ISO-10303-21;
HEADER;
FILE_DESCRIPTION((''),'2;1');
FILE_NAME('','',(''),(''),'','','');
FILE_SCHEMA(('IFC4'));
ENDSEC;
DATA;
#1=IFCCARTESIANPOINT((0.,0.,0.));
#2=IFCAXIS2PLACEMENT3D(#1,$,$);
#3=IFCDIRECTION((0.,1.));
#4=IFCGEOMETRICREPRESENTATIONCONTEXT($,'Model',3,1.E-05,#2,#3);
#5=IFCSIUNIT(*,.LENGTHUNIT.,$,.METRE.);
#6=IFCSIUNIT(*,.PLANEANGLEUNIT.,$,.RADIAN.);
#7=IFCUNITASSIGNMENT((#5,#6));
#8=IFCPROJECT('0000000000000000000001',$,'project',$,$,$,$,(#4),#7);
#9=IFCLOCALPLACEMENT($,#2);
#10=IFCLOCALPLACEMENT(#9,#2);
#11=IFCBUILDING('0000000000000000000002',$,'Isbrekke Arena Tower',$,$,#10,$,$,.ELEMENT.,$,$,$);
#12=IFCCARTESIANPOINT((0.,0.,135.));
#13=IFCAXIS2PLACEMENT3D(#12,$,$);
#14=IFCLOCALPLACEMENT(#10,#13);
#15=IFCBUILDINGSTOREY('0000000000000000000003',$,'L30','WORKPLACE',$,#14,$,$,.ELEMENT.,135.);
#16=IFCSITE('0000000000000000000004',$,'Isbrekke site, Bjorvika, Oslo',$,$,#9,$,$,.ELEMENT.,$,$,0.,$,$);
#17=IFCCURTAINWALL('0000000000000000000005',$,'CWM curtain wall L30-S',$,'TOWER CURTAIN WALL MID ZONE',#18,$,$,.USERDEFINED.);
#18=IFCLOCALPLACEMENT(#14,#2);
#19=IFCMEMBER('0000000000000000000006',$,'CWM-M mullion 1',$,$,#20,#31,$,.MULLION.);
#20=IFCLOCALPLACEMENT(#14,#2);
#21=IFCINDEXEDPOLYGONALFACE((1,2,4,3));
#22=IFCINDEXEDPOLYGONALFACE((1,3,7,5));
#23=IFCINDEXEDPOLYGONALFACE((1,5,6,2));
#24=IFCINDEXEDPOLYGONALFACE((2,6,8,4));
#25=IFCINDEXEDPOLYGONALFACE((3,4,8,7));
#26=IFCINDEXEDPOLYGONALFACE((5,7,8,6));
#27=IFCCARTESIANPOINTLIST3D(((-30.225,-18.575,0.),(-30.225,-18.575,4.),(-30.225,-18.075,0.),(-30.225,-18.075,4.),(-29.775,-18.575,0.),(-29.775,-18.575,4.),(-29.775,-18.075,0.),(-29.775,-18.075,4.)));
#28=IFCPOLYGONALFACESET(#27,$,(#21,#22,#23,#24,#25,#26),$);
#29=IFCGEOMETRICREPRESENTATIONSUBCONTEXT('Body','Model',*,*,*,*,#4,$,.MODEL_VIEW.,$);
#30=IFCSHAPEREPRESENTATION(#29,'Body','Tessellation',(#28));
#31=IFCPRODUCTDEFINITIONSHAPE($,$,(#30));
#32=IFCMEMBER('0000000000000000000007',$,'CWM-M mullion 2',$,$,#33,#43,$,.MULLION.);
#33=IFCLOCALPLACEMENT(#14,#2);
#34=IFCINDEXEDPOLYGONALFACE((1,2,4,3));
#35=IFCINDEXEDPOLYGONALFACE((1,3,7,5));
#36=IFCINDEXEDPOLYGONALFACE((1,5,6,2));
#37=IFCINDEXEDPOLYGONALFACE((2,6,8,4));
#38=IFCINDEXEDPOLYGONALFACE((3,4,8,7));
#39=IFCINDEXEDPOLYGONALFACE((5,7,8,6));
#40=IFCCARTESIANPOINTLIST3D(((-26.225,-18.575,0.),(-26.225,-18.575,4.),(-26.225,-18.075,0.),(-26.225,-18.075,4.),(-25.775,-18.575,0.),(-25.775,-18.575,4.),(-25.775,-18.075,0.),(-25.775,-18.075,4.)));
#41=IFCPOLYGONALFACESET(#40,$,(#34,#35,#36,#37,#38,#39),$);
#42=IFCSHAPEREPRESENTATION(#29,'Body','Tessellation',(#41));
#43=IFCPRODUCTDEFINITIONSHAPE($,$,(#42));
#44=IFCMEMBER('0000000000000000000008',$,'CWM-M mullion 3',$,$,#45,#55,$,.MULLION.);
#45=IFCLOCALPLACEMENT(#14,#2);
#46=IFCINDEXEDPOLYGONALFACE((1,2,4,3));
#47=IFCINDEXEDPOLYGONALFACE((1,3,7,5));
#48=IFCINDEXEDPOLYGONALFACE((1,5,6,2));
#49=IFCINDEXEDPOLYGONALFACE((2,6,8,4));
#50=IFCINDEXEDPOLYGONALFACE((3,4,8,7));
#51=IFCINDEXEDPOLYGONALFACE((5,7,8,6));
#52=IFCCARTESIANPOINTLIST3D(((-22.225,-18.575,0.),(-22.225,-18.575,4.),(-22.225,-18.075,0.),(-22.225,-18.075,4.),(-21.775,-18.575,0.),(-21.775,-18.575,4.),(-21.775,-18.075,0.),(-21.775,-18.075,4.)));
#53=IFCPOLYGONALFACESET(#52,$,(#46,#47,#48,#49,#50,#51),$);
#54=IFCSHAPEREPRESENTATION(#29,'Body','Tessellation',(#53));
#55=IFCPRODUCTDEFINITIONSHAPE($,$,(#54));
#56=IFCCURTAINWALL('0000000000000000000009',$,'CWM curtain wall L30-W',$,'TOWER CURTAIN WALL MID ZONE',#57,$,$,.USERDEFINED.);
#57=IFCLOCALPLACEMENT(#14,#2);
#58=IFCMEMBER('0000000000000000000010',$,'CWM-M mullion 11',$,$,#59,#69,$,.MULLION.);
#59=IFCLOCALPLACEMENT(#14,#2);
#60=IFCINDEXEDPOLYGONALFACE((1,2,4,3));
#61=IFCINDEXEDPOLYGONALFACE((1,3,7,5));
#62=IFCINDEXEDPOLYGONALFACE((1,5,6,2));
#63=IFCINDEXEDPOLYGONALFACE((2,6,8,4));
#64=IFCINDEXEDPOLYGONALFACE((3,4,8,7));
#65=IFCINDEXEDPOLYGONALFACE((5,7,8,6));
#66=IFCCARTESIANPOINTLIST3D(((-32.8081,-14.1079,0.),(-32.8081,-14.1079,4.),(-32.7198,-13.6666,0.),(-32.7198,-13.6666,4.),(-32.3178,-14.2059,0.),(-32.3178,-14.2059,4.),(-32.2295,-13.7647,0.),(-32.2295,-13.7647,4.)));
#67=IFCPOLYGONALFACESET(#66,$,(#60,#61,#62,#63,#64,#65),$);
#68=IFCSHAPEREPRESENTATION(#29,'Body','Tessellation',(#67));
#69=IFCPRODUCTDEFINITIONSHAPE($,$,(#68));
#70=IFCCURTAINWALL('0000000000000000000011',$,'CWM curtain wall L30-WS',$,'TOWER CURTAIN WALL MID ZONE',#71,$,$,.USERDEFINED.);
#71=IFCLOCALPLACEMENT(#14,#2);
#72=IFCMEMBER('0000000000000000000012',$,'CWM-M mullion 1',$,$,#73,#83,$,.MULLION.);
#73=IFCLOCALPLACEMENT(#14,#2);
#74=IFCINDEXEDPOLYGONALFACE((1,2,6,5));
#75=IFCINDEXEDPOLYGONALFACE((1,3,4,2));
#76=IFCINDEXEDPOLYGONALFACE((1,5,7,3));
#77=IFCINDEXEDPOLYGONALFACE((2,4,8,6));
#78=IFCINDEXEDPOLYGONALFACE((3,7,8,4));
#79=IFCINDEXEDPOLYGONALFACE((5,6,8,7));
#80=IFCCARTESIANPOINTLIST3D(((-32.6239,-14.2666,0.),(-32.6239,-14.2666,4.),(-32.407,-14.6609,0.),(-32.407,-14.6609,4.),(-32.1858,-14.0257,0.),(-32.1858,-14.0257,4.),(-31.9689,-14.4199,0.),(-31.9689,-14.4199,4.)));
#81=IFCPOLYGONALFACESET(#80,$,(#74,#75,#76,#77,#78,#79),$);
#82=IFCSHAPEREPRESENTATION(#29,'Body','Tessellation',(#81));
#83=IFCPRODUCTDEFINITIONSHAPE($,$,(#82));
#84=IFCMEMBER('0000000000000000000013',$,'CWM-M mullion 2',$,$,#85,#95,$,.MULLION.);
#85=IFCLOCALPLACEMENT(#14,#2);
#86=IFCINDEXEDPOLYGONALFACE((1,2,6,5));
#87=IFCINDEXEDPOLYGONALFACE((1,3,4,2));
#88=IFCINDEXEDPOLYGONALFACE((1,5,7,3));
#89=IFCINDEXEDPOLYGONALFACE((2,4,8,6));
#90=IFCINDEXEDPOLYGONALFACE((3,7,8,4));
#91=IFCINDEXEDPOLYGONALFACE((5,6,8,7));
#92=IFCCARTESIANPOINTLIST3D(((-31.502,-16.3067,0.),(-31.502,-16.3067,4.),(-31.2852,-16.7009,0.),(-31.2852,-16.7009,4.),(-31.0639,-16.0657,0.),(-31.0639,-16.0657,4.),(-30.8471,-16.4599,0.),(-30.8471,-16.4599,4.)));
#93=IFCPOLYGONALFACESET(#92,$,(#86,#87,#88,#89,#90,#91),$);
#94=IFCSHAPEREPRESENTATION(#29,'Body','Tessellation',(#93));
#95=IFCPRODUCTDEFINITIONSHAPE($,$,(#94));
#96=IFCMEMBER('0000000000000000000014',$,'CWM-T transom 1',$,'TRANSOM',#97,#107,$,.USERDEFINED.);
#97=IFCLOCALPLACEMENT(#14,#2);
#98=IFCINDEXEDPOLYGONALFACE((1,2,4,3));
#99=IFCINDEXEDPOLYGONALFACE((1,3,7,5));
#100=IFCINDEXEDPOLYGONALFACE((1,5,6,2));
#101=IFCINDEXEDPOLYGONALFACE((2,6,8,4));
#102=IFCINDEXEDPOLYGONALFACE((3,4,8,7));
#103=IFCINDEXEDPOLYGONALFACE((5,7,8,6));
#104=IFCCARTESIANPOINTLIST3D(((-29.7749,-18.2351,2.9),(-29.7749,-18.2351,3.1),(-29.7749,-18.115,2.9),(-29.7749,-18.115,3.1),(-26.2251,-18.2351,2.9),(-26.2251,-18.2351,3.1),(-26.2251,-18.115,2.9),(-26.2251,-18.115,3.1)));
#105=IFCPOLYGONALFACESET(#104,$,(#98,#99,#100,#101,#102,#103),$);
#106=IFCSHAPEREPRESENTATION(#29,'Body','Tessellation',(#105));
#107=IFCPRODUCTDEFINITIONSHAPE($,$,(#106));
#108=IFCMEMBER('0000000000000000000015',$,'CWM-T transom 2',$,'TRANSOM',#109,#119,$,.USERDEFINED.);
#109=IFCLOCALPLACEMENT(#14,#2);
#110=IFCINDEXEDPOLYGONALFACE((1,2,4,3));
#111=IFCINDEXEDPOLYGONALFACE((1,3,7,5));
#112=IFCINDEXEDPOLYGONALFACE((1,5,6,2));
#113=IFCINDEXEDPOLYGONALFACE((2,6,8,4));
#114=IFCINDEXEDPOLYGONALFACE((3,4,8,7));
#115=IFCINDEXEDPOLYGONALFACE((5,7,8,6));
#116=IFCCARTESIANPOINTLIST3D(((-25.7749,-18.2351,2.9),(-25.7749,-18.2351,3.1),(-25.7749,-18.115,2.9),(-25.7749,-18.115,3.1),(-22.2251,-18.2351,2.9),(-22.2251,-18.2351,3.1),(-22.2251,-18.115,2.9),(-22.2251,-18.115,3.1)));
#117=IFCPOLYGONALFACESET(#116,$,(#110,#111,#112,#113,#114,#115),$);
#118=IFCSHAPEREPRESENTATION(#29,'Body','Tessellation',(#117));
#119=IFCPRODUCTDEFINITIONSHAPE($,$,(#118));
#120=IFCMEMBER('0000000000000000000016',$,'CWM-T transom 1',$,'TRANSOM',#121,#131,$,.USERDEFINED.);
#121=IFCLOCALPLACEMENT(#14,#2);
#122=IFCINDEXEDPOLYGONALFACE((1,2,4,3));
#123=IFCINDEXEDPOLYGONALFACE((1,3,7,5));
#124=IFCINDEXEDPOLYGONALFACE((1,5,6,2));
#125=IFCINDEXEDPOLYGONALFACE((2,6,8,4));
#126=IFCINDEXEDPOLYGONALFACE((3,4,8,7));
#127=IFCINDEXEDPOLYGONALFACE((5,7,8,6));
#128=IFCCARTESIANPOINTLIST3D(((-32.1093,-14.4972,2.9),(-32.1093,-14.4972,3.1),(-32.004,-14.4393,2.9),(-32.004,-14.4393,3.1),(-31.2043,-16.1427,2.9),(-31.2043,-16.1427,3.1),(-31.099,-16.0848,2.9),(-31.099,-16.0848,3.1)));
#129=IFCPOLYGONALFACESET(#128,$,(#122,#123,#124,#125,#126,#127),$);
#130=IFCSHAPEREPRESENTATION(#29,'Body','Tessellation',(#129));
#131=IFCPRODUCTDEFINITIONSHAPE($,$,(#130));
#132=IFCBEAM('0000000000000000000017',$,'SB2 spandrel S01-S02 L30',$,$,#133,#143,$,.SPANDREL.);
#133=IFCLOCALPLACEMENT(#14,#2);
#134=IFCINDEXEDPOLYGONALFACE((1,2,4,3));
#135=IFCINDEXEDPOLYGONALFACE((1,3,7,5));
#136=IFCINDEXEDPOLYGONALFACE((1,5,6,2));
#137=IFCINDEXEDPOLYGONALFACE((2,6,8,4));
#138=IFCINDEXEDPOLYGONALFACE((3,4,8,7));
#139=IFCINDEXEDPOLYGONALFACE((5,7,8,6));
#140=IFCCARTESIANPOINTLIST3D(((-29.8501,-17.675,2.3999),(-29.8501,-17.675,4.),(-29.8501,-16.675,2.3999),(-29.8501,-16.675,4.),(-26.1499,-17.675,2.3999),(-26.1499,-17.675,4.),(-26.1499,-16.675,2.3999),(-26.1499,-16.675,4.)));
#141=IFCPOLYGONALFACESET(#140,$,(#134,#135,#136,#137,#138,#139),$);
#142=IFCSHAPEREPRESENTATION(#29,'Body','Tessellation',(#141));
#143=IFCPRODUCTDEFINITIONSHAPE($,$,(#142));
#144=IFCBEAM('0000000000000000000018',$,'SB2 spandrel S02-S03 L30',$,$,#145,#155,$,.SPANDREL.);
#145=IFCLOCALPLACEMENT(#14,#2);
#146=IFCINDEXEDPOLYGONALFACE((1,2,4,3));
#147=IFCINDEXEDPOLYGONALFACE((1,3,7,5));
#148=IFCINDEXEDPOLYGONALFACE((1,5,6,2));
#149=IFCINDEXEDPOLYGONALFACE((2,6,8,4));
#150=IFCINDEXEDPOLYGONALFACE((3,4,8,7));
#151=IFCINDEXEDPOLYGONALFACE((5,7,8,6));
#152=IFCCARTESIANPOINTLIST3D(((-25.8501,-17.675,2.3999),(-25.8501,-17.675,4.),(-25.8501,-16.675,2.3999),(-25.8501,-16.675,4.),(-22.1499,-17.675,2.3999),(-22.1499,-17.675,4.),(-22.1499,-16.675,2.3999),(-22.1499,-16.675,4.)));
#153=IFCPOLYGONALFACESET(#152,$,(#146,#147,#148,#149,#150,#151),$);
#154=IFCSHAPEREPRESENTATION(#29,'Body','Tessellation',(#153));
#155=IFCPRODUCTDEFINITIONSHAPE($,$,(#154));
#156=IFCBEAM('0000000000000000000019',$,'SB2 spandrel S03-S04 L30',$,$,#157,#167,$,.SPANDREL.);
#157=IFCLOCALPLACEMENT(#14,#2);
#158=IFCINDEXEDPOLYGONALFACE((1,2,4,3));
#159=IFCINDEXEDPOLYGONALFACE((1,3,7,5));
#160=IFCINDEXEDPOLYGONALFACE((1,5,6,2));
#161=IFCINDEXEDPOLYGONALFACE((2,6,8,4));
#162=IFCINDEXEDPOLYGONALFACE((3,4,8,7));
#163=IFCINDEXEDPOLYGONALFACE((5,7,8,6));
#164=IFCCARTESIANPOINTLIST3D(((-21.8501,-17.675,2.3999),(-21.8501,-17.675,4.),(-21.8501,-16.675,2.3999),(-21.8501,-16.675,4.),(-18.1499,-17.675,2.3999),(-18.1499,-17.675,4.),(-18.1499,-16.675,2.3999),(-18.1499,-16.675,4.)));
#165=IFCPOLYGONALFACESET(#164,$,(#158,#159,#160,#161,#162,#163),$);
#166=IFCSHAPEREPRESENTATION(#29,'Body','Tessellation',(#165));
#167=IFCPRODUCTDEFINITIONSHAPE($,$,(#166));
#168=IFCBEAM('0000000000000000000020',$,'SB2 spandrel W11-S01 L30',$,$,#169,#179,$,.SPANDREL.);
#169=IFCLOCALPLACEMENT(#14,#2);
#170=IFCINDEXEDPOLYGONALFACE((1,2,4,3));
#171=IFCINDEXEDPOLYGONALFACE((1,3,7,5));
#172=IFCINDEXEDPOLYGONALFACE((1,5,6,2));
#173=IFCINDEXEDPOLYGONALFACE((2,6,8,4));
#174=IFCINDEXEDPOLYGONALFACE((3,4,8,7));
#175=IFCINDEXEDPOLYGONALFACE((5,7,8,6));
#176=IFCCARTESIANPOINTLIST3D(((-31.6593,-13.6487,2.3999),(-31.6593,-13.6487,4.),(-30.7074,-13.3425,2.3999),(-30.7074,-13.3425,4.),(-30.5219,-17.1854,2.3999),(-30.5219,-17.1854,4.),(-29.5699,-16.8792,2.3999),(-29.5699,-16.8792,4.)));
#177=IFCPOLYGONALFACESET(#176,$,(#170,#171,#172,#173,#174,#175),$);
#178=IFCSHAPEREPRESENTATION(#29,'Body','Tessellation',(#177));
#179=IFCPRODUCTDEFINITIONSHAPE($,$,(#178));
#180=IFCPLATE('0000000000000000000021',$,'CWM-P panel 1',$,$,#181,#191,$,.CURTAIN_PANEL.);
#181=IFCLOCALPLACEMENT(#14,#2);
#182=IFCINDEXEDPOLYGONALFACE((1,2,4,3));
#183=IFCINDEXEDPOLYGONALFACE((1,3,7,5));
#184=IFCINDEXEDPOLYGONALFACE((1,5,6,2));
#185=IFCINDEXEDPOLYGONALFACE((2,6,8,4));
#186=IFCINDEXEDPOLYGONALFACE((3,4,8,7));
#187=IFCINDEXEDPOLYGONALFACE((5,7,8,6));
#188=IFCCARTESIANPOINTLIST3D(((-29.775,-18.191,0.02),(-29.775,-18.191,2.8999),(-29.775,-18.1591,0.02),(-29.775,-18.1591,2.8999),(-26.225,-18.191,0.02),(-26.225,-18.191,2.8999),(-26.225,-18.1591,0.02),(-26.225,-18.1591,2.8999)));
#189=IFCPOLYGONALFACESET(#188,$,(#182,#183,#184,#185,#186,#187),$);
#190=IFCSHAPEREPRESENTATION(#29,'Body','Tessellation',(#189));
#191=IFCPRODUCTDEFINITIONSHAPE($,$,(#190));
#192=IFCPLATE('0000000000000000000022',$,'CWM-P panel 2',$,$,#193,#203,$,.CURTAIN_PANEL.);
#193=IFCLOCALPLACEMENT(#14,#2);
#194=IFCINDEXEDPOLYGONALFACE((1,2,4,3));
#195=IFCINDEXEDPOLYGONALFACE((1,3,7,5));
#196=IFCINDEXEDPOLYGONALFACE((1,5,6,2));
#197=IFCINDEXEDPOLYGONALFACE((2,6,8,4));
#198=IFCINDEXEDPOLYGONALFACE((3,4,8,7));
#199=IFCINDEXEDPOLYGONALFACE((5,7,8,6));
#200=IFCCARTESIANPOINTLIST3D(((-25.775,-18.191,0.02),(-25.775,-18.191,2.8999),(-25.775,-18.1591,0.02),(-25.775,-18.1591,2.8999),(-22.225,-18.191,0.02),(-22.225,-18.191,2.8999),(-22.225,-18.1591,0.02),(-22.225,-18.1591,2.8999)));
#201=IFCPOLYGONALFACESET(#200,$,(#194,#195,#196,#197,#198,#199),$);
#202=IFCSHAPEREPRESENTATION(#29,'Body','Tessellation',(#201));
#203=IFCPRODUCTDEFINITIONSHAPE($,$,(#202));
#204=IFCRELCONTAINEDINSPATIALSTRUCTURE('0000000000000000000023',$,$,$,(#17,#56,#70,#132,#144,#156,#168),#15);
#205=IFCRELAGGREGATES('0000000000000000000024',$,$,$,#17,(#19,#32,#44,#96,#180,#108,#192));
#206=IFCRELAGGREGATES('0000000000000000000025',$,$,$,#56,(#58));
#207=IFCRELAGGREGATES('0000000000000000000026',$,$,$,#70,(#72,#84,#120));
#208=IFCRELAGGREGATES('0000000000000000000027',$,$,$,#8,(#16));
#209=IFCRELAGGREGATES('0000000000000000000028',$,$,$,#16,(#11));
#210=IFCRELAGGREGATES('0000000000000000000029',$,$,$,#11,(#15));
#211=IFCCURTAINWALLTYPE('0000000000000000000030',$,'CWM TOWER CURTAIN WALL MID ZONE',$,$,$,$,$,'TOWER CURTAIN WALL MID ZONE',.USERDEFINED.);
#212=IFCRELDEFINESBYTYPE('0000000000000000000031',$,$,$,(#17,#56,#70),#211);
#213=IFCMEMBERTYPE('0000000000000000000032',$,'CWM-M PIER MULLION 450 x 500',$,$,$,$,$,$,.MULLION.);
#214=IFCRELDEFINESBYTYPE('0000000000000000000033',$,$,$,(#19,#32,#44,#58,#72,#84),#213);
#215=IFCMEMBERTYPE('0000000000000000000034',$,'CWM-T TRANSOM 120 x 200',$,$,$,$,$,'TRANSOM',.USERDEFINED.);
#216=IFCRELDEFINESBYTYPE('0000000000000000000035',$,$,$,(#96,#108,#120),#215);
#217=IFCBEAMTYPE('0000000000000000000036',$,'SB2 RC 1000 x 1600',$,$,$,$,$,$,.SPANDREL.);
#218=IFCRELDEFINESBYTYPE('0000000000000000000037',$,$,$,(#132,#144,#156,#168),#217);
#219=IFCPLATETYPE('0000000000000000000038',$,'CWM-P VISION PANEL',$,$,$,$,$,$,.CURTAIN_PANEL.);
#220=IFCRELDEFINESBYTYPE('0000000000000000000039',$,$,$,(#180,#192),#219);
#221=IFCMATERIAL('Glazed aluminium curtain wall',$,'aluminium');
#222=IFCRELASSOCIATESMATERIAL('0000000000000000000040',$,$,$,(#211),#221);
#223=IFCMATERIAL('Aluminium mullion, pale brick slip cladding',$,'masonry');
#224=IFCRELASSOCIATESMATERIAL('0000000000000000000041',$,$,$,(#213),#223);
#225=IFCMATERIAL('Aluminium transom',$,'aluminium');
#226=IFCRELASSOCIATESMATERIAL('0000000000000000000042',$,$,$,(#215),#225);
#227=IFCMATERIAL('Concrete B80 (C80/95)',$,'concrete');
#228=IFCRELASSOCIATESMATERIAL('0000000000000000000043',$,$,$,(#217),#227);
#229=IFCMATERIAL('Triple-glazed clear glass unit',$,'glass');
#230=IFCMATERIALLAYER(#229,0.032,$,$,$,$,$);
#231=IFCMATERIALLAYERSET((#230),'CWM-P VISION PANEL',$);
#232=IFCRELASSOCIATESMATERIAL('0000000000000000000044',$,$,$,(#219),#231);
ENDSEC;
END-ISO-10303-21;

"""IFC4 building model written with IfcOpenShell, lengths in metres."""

from ifc_helpers import new_model, si_unit, direction, frame, origin, origin_2d, place, context, subcontext, project, spatial, rectangle, extrude, material, layer, layer_set, material_profile, profile_set, type_object, element, aggregate, save


model = new_model("IFC4")

# Units and contexts
model_context = context("Model", 3, precision=1e-05, world=origin(), true_north=direction((0.0, 1.0)))
body_context = subcontext(model_context, "Body", "Model", "MODEL_VIEW")
ifc_project = project(units=[si_unit("LENGTHUNIT", "METRE"), si_unit("PLANEANGLEUNIT", "RADIAN")], contexts=[model_context])

# Site, building, storey
site_placement = place(None, origin())
site = spatial("IfcSite", under=ifc_project, at=site_placement, Name="Isbrekke site, Bjorvika, Oslo", CompositionType="ELEMENT", RefElevation=0.0)
building_placement = place(site_placement, origin())
building = spatial("IfcBuilding", under=site, at=building_placement, Name="Isbrekke Arena Tower", CompositionType="ELEMENT")
storey_placement = place(building_placement, frame((0.0, 0.0, 135.0)))
storey = spatial("IfcBuildingStorey", under=building, at=storey_placement, Name="L30", Description="WORKPLACE", CompositionType="ELEMENT", Elevation=135.0)

# Curtain wall, members
ifc_material_1 = material(Name="Glazed aluminium curtain wall", Category="aluminium")
curtain_wall_type = type_object("IfcCurtainWallType", Name="CWM TOWER CURTAIN WALL MID ZONE", ElementType="TOWER CURTAIN WALL MID ZONE", PredefinedType="USERDEFINED", material=ifc_material_1)
curtain_wall_1_placement = place(storey_placement, origin())
curtain_wall_1 = element("IfcCurtainWall", 1, at=curtain_wall_1_placement, inside=storey, type_object=curtain_wall_type, Name="CWM curtain wall L30-S", ObjectType="TOWER CURTAIN WALL MID ZONE", PredefinedType="USERDEFINED")
ifc_material_2 = material(Name="Aluminium mullion, pale brick slip cladding", Category="masonry")
ifc_material_profile_1 = material_profile(ifc_material_2, rectangle(XDim=0.45, YDim=0.5, at=origin_2d()), Name="PIER 450X500")
ifc_profile_set_1 = profile_set([ifc_material_profile_1], Name="Aluminium mullion, pale brick slip cladding")
member_type_1 = type_object("IfcMemberType", Name="CWM-M PIER MULLION 450 x 500", PredefinedType="MULLION", material=ifc_profile_set_1)
member_1_placement = place(storey_placement, frame((-30.0, -18.325, 0.0), z_axis=(0.0, 0.0, 1.0), x_axis=(1.0, 0.0, 0.0)))
member_1 = element("IfcMember", 2, at=member_1_placement, type_object=member_type_1, Name="CWM-M mullion 1", PredefinedType="MULLION", context=body_context, shape_type="SweptSolid", body=[
    extrude(rectangle(XDim=0.45, YDim=0.5, at=origin_2d()), origin(), (0.0, 0.0, 1.0), 4.0),
])
member_2_placement = place(storey_placement, frame((-26.0, -18.325, 0.0), z_axis=(0.0, 0.0, 1.0), x_axis=(1.0, 0.0, 0.0)))
member_2 = element("IfcMember", 3, at=member_2_placement, type_object=member_type_1, Name="CWM-M mullion 2", PredefinedType="MULLION", context=body_context, shape_type="SweptSolid", body=[
    extrude(rectangle(XDim=0.45, YDim=0.5, at=origin_2d()), origin(), (0.0, 0.0, 1.0), 4.0),
])
member_3_placement = place(storey_placement, frame((-22.0, -18.325, 0.0), z_axis=(0.0, 0.0, 1.0), x_axis=(1.0, 0.0, 0.0)))
member_3 = element("IfcMember", 4, at=member_3_placement, type_object=member_type_1, Name="CWM-M mullion 3", PredefinedType="MULLION", context=body_context, shape_type="SweptSolid", body=[
    extrude(rectangle(XDim=0.45, YDim=0.5, at=origin_2d()), origin(), (0.0, 0.0, 1.0), 4.0),
])

# Curtain wall, member
curtain_wall_2_placement = place(storey_placement, origin())
curtain_wall_2 = element("IfcCurtainWall", 5, at=curtain_wall_2_placement, inside=storey, type_object=curtain_wall_type, Name="CWM curtain wall L30-W", ObjectType="TOWER CURTAIN WALL MID ZONE", PredefinedType="USERDEFINED")
member_4_placement = place(storey_placement, frame((-32.5188, -13.9363, 0.0), z_axis=(0.0, 0.0, 1.0), x_axis=(-0.196116, -0.980581, 0.0)))
member_4 = element("IfcMember", 6, at=member_4_placement, type_object=member_type_1, Name="CWM-M mullion 11", PredefinedType="MULLION", context=body_context, shape_type="SweptSolid", body=[
    extrude(rectangle(XDim=0.45, YDim=0.5, at=origin_2d()), origin(), (0.0, 0.0, 1.0), 4.0),
])

# Curtain wall, members
curtain_wall_3_placement = place(storey_placement, origin())
curtain_wall_3 = element("IfcCurtainWall", 7, at=curtain_wall_3_placement, inside=storey, type_object=curtain_wall_type, Name="CWM curtain wall L30-WS", ObjectType="TOWER CURTAIN WALL MID ZONE", PredefinedType="USERDEFINED")
member_5_placement = place(storey_placement, frame((-32.2964, -14.3433, 0.0), z_axis=(0.0, 0.0, 1.0), x_axis=(0.481919, -0.876216, 0.0)))
member_5 = element("IfcMember", 8, at=member_5_placement, type_object=member_type_1, Name="CWM-M mullion 1", PredefinedType="MULLION", context=body_context, shape_type="SweptSolid", body=[
    extrude(rectangle(XDim=0.45, YDim=0.5, at=origin_2d()), origin(), (0.0, 0.0, 1.0), 4.0),
])
member_6_placement = place(storey_placement, frame((-31.1746, -16.3833, 0.0), z_axis=(0.0, 0.0, 1.0), x_axis=(0.481919, -0.876216, 0.0)))
member_6 = element("IfcMember", 9, at=member_6_placement, type_object=member_type_1, Name="CWM-M mullion 2", PredefinedType="MULLION", context=body_context, shape_type="SweptSolid", body=[
    extrude(rectangle(XDim=0.45, YDim=0.5, at=origin_2d()), origin(), (0.0, 0.0, 1.0), 4.0),
])

# Members
ifc_material_3 = material(Name="Aluminium transom", Category="aluminium")
ifc_material_profile_2 = material_profile(ifc_material_3, rectangle(XDim=0.1201, YDim=0.2, at=origin_2d()), Name="TRANSOM 120X200")
ifc_profile_set_2 = profile_set([ifc_material_profile_2], Name="Aluminium transom")
member_type_2 = type_object("IfcMemberType", Name="CWM-T TRANSOM 120 x 200", ElementType="TRANSOM", PredefinedType="USERDEFINED", material=ifc_profile_set_2)
member_7_placement = place(storey_placement, frame((-29.7749, -18.175, 3.0), z_axis=(1.0, 0.0, 0.0), x_axis=(0.0, 1.0, 0.0)))
member_7 = element("IfcMember", 10, at=member_7_placement, type_object=member_type_2, Name="CWM-T transom 1", ObjectType="TRANSOM", PredefinedType="USERDEFINED", context=body_context, shape_type="SweptSolid", body=[
    extrude(rectangle(XDim=0.1201, YDim=0.2, at=origin_2d()), origin(), (0.0, 0.0, 1.0), 3.5498),
])
member_8_placement = place(storey_placement, frame((-25.7749, -18.175, 3.0), z_axis=(1.0, 0.0, 0.0), x_axis=(0.0, 1.0, 0.0)))
member_8 = element("IfcMember", 11, at=member_8_placement, type_object=member_type_2, Name="CWM-T transom 2", ObjectType="TRANSOM", PredefinedType="USERDEFINED", context=body_context, shape_type="SweptSolid", body=[
    extrude(rectangle(XDim=0.1201, YDim=0.2, at=origin_2d()), origin(), (0.0, 0.0, 1.0), 3.5498),
])
member_9_placement = place(storey_placement, frame((-32.0566, -14.4683, 3.0), z_axis=(0.481919, -0.876216, 0.0), x_axis=(0.876216, 0.481919, 0.0)))
member_9 = element("IfcMember", 12, at=member_9_placement, type_object=member_type_2, Name="CWM-T transom 1", ObjectType="TRANSOM", PredefinedType="USERDEFINED", context=body_context, shape_type="SweptSolid", body=[
    extrude(rectangle(XDim=0.1201, YDim=0.2, at=origin_2d()), origin(), (0.0, 0.0, 1.0), 1.8779),
])

# Beams
ifc_material_4 = material(Name="Concrete B80 (C80/95)", Category="concrete")
ifc_material_profile_3 = material_profile(ifc_material_4, rectangle(XDim=1.0, YDim=1.6001, at=origin_2d()), Name="RC 1000x1600")
ifc_profile_set_3 = profile_set([ifc_material_profile_3], Name="Concrete B80 (C80/95)")
beam_type_1 = type_object("IfcBeamType", Name="SB2 RC 1000 x 1600", PredefinedType="SPANDREL", material=ifc_profile_set_3)
for number, where, z_axis, x_axis, name in (
    (13, (-29.8501, -17.175, 3.2), (1.0, 0.0, 0.0), (0.0, 1.0, 0.0), "SB2 spandrel S01-S02 L30"),
    (14, (-25.8501, -17.175, 3.2), (1.0, 0.0, 0.0), (0.0, 1.0, 0.0), "SB2 spandrel S02-S03 L30"),
    (15, (-21.8501, -17.175, 3.2), (1.0, 0.0, 0.0), (0.0, 1.0, 0.0), "SB2 spandrel S03-S04 L30"),
):
    element("IfcBeam", number, at=place(storey_placement, frame(where, z_axis=z_axis, x_axis=x_axis)), inside=storey, type_object=beam_type_1, Name=name, PredefinedType="SPANDREL", context=body_context, shape_type="SweptSolid", body=[
        extrude(rectangle(XDim=1.0, YDim=1.6001, at=origin_2d()), origin(), (0.0, 0.0, 1.0), 3.7002),
    ])
beam_1_placement = place(storey_placement, frame((-31.1833, -13.4956, 3.2), z_axis=(0.306175, -0.951975, 0.0), x_axis=(0.951975, 0.306175, 0.0)))
element("IfcBeam", 16, at=beam_1_placement, inside=storey, type_object=beam_type_1, Name="SB2 spandrel W11-S01 L30", PredefinedType="SPANDREL", context=body_context, shape_type="SweptSolid", body=[
    extrude(rectangle(XDim=1.0, YDim=1.6001, at=origin_2d()), origin(), (0.0, 0.0, 1.0), 3.7151),
])

# Plates
ifc_material_5 = material(Name="Triple-glazed clear glass unit", Category="glass")
ifc_layer = layer(ifc_material_5, 0.032)
ifc_layer_set = layer_set([ifc_layer], Name="CWM-P VISION PANEL")
plate_type = type_object("IfcPlateType", Name="CWM-P VISION PANEL", PredefinedType="CURTAIN_PANEL", material=ifc_layer_set)
plate_1_placement = place(storey_placement, frame((-28.0, -18.175, 0.02), z_axis=(0.0, 0.0, 1.0), x_axis=(1.0, 0.0, 0.0)))
plate_1 = element("IfcPlate", 17, at=plate_1_placement, type_object=plate_type, Name="CWM-P panel 1", PredefinedType="CURTAIN_PANEL", context=body_context, shape_type="SweptSolid", body=[
    extrude(rectangle(XDim=3.55, YDim=0.032, at=origin_2d()), origin(), (0.0, 0.0, 1.0), 2.8799),
])
plate_2_placement = place(storey_placement, frame((-24.0, -18.175, 0.02), z_axis=(0.0, 0.0, 1.0), x_axis=(1.0, 0.0, 0.0)))
plate_2 = element("IfcPlate", 18, at=plate_2_placement, type_object=plate_type, Name="CWM-P panel 2", PredefinedType="CURTAIN_PANEL", context=body_context, shape_type="SweptSolid", body=[
    extrude(rectangle(XDim=3.55, YDim=0.032, at=origin_2d()), origin(), (0.0, 0.0, 1.0), 2.8799),
])
aggregate(curtain_wall_1, [member_1, member_2, member_3, member_7, plate_1, member_8, plate_2])
aggregate(curtain_wall_2, [member_4])
aggregate(curtain_wall_3, [member_5, member_6, member_9])

save(model, "model.ifc")
